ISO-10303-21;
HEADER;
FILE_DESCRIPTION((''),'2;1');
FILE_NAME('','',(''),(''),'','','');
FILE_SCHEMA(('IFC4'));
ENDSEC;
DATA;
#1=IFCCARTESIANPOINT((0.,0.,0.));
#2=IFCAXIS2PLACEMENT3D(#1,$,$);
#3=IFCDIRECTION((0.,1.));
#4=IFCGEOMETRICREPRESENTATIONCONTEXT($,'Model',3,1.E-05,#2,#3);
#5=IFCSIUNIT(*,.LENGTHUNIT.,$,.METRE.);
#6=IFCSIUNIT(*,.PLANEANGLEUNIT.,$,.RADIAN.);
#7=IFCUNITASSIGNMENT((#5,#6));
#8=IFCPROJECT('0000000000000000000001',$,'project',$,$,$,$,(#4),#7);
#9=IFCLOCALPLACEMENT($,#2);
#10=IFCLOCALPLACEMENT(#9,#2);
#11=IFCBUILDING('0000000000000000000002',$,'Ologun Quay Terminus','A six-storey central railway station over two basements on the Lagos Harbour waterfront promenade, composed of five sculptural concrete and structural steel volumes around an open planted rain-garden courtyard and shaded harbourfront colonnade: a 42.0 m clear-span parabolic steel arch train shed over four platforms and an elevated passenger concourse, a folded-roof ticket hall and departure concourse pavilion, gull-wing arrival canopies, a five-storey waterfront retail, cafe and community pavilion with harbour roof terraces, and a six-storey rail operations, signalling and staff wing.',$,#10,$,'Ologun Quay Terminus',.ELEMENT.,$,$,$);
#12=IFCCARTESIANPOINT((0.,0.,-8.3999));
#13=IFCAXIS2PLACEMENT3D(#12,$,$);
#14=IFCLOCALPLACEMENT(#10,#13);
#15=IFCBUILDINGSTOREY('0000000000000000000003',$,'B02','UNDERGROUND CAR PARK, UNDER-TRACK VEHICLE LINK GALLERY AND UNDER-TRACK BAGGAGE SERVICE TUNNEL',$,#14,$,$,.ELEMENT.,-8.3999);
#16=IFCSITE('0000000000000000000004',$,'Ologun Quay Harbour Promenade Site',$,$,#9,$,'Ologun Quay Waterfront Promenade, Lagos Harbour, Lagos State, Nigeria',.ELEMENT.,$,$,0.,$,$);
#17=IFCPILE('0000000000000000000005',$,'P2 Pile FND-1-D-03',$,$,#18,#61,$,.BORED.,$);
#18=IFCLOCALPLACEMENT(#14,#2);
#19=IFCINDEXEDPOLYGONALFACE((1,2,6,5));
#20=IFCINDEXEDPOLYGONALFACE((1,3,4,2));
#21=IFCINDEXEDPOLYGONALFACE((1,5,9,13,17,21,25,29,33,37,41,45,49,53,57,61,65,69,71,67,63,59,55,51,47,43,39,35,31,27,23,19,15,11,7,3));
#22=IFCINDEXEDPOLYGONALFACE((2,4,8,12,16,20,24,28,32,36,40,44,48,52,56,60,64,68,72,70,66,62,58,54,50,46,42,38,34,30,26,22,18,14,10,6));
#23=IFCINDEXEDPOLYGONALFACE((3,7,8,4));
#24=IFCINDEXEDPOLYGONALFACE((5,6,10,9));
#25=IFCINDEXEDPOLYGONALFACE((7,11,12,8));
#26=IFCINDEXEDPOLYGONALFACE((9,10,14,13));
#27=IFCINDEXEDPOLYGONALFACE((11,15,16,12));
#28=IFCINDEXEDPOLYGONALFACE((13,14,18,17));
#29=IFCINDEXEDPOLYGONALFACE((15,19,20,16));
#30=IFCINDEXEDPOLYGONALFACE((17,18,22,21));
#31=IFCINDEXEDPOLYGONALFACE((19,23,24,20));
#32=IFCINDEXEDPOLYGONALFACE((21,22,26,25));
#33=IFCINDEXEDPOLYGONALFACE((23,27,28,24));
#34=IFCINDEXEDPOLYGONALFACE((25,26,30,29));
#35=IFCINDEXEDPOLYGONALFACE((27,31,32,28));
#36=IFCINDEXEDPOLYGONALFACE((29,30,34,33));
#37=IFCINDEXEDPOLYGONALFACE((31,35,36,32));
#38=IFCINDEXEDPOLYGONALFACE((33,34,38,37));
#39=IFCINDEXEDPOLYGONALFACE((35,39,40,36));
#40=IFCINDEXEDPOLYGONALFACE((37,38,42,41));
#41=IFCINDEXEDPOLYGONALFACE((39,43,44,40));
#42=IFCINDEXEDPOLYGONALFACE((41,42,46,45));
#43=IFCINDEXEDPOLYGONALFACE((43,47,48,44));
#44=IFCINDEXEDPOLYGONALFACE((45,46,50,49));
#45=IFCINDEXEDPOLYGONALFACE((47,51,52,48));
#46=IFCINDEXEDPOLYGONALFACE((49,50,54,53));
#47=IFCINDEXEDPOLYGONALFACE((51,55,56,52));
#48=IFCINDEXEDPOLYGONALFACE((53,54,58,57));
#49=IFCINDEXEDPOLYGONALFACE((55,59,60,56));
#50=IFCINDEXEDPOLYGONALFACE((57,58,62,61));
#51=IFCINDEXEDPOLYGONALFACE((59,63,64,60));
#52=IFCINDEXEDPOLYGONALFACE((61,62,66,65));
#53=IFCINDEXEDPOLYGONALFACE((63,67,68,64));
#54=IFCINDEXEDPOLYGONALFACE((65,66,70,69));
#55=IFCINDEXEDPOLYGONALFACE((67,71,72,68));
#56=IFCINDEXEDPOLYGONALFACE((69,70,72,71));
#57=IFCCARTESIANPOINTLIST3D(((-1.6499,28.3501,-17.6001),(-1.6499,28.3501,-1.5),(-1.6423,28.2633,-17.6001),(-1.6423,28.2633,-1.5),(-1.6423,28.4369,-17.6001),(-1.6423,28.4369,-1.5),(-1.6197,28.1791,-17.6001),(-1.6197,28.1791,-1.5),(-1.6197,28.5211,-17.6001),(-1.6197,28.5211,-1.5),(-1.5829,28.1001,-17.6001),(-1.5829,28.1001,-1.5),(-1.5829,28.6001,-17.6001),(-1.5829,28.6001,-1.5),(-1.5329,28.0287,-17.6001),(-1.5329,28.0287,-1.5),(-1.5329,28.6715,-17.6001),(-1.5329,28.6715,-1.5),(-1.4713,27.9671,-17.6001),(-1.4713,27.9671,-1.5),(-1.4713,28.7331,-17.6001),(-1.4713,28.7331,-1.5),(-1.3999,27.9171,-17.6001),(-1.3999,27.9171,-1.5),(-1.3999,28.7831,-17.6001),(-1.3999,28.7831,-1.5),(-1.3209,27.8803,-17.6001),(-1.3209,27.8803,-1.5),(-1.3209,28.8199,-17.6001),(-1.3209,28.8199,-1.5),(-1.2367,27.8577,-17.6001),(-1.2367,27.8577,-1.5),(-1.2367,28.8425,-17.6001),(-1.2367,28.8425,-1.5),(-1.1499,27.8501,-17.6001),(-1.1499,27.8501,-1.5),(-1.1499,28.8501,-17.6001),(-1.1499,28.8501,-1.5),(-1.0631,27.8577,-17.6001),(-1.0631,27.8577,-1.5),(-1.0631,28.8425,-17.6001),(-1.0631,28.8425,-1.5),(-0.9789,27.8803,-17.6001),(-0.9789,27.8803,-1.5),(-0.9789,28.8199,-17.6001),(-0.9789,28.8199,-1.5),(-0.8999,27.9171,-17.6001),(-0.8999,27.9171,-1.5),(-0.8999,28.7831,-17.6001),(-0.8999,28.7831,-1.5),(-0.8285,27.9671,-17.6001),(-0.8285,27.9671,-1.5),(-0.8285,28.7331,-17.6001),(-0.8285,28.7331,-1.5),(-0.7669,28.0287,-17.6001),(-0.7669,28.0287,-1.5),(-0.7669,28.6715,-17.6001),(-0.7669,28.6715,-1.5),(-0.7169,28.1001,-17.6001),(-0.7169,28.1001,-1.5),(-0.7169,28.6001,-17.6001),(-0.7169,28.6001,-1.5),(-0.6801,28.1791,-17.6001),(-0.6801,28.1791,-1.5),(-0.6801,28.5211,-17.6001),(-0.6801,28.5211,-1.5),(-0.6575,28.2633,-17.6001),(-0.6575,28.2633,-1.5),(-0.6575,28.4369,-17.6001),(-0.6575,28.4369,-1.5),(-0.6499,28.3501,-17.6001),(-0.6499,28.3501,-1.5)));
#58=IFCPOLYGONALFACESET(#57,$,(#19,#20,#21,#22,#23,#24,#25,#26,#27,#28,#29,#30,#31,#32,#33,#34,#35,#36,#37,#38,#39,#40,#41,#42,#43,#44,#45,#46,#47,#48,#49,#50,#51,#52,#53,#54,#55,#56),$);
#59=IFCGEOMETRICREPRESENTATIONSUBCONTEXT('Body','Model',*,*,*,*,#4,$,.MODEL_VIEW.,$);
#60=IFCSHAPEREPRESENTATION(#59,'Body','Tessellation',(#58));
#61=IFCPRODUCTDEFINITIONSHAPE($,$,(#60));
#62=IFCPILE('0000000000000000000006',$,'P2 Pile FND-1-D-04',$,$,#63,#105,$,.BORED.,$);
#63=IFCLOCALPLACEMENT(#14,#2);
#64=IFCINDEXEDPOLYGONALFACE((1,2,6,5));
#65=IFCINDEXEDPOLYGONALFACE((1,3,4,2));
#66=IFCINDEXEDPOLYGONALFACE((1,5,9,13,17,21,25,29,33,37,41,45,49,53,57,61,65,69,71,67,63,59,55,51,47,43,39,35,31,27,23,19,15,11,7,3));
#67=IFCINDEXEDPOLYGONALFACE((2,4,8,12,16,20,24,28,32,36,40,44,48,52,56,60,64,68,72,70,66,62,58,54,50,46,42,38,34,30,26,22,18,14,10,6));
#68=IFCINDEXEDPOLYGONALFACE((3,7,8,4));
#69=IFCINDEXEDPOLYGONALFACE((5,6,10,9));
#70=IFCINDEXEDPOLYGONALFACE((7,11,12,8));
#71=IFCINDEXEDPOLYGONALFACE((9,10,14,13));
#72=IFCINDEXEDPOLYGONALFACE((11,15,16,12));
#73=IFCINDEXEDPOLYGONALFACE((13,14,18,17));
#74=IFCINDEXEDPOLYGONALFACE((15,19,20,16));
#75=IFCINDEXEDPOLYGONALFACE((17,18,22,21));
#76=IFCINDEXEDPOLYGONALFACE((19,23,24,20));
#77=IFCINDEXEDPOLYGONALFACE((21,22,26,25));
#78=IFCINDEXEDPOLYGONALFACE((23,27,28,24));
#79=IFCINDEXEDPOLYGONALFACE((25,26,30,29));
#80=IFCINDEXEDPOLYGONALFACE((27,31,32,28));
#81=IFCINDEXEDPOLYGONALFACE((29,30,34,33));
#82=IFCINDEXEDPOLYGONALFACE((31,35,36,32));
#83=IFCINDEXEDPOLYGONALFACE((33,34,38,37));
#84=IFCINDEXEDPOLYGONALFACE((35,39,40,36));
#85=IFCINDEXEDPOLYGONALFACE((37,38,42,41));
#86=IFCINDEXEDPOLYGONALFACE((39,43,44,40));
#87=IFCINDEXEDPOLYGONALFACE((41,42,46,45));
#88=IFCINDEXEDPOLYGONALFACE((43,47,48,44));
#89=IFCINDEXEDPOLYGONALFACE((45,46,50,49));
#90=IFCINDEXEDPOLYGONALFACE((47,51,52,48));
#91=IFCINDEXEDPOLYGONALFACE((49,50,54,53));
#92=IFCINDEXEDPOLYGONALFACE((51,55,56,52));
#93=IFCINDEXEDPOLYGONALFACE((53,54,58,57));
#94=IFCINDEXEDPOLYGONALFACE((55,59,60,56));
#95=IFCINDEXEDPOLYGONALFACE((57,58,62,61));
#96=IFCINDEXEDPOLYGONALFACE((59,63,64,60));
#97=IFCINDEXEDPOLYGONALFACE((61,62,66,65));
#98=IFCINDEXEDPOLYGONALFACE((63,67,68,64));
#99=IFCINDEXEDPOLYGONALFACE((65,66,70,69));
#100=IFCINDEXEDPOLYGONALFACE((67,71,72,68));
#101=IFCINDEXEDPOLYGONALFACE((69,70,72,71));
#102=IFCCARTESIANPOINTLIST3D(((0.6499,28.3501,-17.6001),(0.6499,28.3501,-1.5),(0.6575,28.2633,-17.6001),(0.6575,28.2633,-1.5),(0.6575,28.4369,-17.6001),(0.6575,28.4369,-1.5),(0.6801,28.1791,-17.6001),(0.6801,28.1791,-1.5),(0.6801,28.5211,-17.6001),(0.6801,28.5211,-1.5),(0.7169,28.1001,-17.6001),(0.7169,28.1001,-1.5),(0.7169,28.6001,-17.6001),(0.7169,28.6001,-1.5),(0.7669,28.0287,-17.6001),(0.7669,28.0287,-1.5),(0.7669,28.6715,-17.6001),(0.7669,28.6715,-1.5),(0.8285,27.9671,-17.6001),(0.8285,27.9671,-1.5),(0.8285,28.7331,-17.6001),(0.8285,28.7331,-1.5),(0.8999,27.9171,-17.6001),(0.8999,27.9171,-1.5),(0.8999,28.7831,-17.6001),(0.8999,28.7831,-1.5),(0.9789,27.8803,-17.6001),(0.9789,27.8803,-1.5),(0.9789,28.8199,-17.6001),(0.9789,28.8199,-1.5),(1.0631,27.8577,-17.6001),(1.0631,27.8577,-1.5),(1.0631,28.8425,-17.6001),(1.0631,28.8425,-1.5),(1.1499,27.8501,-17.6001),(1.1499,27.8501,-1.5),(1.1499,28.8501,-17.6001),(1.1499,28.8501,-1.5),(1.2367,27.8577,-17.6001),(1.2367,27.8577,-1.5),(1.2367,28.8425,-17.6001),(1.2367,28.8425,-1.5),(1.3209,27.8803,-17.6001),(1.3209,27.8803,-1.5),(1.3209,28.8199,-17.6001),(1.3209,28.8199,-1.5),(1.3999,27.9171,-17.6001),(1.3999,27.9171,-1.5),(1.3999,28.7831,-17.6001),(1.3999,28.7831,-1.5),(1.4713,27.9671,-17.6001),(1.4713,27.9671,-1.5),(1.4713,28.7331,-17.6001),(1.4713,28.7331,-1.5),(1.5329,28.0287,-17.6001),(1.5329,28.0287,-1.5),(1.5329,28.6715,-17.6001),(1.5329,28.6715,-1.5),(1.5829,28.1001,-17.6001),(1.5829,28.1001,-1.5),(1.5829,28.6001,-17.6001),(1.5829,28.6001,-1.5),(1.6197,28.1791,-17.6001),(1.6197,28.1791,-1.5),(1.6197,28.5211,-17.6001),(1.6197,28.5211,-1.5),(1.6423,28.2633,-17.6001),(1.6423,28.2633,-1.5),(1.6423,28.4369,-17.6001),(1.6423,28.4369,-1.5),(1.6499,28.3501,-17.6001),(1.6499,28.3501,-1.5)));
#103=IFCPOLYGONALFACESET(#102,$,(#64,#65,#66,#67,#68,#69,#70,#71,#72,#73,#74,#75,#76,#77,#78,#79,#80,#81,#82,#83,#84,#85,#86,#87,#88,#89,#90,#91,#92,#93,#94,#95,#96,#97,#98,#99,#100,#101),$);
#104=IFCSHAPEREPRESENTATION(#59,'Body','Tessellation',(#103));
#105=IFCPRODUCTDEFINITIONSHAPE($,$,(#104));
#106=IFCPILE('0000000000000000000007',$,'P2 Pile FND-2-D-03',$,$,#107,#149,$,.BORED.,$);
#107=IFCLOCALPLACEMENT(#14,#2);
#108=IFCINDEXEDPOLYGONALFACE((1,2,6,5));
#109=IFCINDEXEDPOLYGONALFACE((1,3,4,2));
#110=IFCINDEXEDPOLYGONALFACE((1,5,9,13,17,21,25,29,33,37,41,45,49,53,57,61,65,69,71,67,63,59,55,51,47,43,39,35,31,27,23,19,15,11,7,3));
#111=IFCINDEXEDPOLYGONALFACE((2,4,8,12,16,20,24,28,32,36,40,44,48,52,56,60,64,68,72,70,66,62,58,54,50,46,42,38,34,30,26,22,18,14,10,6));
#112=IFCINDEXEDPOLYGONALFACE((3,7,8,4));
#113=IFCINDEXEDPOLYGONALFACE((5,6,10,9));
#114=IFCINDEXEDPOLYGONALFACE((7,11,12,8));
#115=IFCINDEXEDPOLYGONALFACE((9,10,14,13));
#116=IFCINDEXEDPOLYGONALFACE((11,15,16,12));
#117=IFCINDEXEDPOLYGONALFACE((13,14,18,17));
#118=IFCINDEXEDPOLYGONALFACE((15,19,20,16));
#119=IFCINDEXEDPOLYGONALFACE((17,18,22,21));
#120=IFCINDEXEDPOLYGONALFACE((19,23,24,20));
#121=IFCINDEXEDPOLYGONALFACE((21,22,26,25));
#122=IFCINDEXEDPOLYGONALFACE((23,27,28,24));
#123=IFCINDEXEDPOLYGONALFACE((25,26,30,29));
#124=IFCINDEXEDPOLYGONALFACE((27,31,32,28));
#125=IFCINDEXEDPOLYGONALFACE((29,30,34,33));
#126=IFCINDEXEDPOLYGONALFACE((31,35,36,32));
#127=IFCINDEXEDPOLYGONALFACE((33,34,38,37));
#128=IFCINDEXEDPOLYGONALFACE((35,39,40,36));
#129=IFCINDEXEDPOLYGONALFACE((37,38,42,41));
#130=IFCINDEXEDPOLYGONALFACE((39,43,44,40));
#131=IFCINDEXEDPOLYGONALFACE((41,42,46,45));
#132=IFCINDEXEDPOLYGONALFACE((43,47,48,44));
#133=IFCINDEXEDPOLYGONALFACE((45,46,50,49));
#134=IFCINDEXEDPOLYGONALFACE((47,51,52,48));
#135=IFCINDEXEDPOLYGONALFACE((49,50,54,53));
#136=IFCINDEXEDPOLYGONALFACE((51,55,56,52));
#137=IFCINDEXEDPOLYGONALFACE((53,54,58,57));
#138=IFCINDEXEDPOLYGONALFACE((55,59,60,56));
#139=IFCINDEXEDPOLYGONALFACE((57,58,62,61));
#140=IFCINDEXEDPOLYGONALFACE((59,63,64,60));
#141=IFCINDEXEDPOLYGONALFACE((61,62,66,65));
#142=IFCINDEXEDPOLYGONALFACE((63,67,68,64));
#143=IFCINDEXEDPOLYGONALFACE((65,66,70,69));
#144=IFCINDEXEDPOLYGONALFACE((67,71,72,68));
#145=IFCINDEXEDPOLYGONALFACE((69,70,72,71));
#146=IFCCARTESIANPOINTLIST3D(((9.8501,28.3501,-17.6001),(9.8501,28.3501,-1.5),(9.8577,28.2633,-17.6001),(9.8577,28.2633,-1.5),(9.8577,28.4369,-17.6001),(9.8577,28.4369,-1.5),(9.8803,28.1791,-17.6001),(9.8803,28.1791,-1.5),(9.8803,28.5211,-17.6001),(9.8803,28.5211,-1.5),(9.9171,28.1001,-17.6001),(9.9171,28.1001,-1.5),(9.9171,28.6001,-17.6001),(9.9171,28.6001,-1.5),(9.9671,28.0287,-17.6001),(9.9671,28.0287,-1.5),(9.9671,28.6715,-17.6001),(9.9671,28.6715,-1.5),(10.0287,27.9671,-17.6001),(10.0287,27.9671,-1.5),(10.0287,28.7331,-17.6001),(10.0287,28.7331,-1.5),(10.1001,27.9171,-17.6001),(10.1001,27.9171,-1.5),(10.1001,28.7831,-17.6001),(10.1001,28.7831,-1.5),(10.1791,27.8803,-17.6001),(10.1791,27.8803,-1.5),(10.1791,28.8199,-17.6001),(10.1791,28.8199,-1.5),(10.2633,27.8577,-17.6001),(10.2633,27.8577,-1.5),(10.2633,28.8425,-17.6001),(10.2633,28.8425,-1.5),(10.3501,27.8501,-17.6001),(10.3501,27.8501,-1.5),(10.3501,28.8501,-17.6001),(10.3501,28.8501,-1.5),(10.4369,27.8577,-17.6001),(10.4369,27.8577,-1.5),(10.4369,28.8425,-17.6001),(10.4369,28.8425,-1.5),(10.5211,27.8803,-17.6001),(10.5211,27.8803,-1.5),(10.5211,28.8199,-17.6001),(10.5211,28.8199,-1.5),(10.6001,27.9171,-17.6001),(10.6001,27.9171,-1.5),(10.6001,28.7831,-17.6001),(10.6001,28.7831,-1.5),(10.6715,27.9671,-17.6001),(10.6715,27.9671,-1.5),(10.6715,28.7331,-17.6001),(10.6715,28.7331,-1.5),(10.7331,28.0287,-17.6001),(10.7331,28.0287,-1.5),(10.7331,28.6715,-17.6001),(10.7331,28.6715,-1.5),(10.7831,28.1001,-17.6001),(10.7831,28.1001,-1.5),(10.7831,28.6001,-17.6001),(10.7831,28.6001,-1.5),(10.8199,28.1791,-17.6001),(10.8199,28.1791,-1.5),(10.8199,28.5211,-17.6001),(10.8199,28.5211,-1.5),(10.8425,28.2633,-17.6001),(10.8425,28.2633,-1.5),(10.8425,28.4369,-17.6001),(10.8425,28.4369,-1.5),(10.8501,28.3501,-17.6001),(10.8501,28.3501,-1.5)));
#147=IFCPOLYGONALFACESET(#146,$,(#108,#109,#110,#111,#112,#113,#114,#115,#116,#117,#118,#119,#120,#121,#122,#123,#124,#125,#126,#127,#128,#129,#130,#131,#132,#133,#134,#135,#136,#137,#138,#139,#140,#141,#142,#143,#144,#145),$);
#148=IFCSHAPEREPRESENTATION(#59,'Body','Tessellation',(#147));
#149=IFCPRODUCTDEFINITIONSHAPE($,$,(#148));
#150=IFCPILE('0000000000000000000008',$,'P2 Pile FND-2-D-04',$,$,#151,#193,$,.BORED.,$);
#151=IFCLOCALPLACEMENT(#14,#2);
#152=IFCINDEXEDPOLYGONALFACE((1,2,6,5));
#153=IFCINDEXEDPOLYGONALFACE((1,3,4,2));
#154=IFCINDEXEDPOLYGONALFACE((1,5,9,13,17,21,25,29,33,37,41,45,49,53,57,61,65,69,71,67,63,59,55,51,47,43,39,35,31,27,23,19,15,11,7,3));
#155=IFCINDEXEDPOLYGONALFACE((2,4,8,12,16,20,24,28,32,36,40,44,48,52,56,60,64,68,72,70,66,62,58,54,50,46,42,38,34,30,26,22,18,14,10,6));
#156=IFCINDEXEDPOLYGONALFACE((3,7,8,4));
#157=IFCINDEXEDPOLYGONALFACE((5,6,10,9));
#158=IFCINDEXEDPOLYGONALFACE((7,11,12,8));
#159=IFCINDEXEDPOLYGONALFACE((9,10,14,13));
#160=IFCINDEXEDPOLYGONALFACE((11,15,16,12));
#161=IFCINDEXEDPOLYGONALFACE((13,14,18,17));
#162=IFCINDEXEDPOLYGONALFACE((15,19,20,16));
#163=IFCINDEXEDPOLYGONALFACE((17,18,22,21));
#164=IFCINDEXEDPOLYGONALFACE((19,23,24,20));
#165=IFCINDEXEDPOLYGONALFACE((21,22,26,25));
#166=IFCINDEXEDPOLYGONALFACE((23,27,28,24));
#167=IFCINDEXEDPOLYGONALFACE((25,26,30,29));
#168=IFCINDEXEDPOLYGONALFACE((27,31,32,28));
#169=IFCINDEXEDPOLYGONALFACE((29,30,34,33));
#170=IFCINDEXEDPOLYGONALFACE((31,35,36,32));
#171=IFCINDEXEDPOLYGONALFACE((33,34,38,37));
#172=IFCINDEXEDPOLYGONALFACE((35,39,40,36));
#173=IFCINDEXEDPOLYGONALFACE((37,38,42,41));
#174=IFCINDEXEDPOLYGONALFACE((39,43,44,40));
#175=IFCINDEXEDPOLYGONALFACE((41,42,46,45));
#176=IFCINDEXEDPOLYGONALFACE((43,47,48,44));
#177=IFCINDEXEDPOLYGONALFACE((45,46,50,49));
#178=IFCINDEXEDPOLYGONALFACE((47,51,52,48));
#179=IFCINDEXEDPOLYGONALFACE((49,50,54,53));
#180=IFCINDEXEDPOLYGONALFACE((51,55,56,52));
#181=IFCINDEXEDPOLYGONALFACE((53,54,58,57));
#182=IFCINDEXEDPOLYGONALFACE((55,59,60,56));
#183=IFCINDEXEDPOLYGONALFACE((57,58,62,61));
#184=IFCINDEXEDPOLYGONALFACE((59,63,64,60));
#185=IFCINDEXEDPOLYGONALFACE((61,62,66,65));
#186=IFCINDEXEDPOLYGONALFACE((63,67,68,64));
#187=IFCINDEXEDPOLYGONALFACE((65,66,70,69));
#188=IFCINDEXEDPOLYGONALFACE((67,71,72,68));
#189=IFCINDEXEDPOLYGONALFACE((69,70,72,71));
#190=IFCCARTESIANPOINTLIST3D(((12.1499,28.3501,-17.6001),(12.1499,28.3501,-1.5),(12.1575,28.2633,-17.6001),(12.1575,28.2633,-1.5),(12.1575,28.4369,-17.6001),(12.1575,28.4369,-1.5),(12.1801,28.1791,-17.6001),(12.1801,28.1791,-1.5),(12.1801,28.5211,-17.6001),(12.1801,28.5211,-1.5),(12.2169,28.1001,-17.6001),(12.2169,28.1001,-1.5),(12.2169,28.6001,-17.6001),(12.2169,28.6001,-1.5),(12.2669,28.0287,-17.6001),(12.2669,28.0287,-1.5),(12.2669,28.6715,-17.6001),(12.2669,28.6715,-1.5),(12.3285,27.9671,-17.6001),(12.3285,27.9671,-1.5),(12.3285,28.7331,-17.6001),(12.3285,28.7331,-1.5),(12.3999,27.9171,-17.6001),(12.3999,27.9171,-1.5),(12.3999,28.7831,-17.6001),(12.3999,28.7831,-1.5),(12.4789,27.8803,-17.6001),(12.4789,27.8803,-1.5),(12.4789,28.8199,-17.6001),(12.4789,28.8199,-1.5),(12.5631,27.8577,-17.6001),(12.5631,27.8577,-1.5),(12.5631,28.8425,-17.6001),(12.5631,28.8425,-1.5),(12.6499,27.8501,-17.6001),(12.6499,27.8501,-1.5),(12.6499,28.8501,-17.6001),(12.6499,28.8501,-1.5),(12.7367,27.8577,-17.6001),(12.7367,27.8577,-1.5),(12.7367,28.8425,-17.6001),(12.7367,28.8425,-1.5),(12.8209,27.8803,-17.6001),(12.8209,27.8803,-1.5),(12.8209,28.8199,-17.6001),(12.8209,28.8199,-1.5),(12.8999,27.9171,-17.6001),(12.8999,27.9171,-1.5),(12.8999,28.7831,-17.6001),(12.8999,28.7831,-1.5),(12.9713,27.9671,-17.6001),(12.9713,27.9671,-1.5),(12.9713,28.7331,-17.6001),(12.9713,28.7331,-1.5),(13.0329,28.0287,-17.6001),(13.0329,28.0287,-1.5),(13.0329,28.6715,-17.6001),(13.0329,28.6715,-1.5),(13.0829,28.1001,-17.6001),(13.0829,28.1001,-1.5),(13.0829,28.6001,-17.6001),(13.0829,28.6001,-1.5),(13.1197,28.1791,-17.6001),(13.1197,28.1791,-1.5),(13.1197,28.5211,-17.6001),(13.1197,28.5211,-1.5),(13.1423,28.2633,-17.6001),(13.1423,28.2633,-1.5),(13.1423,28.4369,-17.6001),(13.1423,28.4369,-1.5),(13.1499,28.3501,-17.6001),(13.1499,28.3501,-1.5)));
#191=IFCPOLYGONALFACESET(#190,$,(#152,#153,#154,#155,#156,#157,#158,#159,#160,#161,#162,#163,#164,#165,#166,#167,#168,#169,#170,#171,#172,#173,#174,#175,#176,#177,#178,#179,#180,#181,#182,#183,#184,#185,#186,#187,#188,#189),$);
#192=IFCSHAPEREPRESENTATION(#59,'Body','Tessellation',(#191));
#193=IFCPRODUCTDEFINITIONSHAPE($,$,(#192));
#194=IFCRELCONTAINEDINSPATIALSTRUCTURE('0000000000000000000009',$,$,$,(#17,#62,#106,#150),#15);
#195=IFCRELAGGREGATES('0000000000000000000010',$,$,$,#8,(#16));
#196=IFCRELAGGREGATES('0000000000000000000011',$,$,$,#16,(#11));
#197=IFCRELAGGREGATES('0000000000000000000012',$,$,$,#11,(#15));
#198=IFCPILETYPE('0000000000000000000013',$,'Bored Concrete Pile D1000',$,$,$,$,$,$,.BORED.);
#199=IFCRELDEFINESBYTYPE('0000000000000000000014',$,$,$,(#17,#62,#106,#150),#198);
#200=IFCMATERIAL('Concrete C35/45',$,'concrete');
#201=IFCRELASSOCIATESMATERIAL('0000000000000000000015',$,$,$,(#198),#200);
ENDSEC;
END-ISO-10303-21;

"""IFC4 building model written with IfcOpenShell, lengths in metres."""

from ifc_helpers import new_model, si_unit, direction, frame, origin, origin_2d, place, context, subcontext, project, spatial, circle, extrude, material, material_profile, profile_set, type_object, element, save


model = new_model("IFC4")

# Units and contexts
model_context = context("Model", 3, precision=1e-05, world=origin(), true_north=direction((0.0, 1.0)))
body_context = subcontext(model_context, "Body", "Model", "MODEL_VIEW")
ifc_project = project(units=[si_unit("LENGTHUNIT", "METRE"), si_unit("PLANEANGLEUNIT", "RADIAN")], contexts=[model_context])

# Site, building, storey
site_placement = place(None, origin())
site = spatial("IfcSite", under=ifc_project, at=site_placement, Name="Ologun Quay Harbour Promenade Site", LongName="Ologun Quay Waterfront Promenade, Lagos Harbour, Lagos State, Nigeria", CompositionType="ELEMENT", RefElevation=0.0)
building_placement = place(site_placement, origin())
building = spatial("IfcBuilding", under=site, at=building_placement, Name="Ologun Quay Terminus", Description="A six-storey central railway station over two basements on the Lagos Harbour waterfront promenade, composed of five sculptural concrete and structural steel volumes around an open planted rain-garden courtyard and shaded harbourfront colonnade: a 42.0 m clear-span parabolic steel arch train shed over four platforms and an elevated passenger concourse, a folded-roof ticket hall and departure concourse pavilion, gull-wing arrival canopies, a five-storey waterfront retail, cafe and community pavilion with harbour roof terraces, and a six-storey rail operations, signalling and staff wing.", LongName="Ologun Quay Terminus", CompositionType="ELEMENT")
storey_placement = place(building_placement, frame((0.0, 0.0, -8.3999)))
storey = spatial("IfcBuildingStorey", under=building, at=storey_placement, Name="B02", Description="UNDERGROUND CAR PARK, UNDER-TRACK VEHICLE LINK GALLERY AND UNDER-TRACK BAGGAGE SERVICE TUNNEL", CompositionType="ELEMENT", Elevation=-8.3999)

# Piles
ifc_material_1 = material(Name="Concrete C35/45", Category="concrete")
ifc_material_profile_1 = material_profile(ifc_material_1, circle(Radius=0.5, at=origin_2d()), Name="PILE D1000")
ifc_profile_set_1 = profile_set([ifc_material_profile_1], Name="Concrete C35/45")
pile_type_1 = type_object("IfcPileType", Name="Bored Concrete Pile D1000", PredefinedType="BORED", material=ifc_profile_set_1)
for number, where, z_axis, x_axis, name in (
    (1, (-1.1499, 28.3501, -1.5), (0.0, 0.0, -1.0), (1.0, 0.0, 0.0), "P2 Pile FND-1-D-03"),
    (2, (1.1499, 28.3501, -1.5), (0.0, 0.0, -1.0), (1.0, 0.0, 0.0), "P2 Pile FND-1-D-04"),
    (3, (10.3501, 28.3501, -1.5), (0.0, 0.0, -1.0), (1.0, 0.0, 0.0), "P2 Pile FND-2-D-03"),
    (4, (12.6499, 28.3501, -1.5), (0.0, 0.0, -1.0), (1.0, 0.0, 0.0), "P2 Pile FND-2-D-04"),
):
    element("IfcPile", number, at=place(storey_placement, frame(where, z_axis=z_axis, x_axis=x_axis)), inside=storey, type_object=pile_type_1, Name=name, PredefinedType="BORED", context=body_context, shape_type="SweptSolid", body=[
        extrude(circle(Radius=0.5, at=origin_2d()), origin(), (0.0, 0.0, 1.0), 16.1001),
    ])

save(model, "model.ifc")
